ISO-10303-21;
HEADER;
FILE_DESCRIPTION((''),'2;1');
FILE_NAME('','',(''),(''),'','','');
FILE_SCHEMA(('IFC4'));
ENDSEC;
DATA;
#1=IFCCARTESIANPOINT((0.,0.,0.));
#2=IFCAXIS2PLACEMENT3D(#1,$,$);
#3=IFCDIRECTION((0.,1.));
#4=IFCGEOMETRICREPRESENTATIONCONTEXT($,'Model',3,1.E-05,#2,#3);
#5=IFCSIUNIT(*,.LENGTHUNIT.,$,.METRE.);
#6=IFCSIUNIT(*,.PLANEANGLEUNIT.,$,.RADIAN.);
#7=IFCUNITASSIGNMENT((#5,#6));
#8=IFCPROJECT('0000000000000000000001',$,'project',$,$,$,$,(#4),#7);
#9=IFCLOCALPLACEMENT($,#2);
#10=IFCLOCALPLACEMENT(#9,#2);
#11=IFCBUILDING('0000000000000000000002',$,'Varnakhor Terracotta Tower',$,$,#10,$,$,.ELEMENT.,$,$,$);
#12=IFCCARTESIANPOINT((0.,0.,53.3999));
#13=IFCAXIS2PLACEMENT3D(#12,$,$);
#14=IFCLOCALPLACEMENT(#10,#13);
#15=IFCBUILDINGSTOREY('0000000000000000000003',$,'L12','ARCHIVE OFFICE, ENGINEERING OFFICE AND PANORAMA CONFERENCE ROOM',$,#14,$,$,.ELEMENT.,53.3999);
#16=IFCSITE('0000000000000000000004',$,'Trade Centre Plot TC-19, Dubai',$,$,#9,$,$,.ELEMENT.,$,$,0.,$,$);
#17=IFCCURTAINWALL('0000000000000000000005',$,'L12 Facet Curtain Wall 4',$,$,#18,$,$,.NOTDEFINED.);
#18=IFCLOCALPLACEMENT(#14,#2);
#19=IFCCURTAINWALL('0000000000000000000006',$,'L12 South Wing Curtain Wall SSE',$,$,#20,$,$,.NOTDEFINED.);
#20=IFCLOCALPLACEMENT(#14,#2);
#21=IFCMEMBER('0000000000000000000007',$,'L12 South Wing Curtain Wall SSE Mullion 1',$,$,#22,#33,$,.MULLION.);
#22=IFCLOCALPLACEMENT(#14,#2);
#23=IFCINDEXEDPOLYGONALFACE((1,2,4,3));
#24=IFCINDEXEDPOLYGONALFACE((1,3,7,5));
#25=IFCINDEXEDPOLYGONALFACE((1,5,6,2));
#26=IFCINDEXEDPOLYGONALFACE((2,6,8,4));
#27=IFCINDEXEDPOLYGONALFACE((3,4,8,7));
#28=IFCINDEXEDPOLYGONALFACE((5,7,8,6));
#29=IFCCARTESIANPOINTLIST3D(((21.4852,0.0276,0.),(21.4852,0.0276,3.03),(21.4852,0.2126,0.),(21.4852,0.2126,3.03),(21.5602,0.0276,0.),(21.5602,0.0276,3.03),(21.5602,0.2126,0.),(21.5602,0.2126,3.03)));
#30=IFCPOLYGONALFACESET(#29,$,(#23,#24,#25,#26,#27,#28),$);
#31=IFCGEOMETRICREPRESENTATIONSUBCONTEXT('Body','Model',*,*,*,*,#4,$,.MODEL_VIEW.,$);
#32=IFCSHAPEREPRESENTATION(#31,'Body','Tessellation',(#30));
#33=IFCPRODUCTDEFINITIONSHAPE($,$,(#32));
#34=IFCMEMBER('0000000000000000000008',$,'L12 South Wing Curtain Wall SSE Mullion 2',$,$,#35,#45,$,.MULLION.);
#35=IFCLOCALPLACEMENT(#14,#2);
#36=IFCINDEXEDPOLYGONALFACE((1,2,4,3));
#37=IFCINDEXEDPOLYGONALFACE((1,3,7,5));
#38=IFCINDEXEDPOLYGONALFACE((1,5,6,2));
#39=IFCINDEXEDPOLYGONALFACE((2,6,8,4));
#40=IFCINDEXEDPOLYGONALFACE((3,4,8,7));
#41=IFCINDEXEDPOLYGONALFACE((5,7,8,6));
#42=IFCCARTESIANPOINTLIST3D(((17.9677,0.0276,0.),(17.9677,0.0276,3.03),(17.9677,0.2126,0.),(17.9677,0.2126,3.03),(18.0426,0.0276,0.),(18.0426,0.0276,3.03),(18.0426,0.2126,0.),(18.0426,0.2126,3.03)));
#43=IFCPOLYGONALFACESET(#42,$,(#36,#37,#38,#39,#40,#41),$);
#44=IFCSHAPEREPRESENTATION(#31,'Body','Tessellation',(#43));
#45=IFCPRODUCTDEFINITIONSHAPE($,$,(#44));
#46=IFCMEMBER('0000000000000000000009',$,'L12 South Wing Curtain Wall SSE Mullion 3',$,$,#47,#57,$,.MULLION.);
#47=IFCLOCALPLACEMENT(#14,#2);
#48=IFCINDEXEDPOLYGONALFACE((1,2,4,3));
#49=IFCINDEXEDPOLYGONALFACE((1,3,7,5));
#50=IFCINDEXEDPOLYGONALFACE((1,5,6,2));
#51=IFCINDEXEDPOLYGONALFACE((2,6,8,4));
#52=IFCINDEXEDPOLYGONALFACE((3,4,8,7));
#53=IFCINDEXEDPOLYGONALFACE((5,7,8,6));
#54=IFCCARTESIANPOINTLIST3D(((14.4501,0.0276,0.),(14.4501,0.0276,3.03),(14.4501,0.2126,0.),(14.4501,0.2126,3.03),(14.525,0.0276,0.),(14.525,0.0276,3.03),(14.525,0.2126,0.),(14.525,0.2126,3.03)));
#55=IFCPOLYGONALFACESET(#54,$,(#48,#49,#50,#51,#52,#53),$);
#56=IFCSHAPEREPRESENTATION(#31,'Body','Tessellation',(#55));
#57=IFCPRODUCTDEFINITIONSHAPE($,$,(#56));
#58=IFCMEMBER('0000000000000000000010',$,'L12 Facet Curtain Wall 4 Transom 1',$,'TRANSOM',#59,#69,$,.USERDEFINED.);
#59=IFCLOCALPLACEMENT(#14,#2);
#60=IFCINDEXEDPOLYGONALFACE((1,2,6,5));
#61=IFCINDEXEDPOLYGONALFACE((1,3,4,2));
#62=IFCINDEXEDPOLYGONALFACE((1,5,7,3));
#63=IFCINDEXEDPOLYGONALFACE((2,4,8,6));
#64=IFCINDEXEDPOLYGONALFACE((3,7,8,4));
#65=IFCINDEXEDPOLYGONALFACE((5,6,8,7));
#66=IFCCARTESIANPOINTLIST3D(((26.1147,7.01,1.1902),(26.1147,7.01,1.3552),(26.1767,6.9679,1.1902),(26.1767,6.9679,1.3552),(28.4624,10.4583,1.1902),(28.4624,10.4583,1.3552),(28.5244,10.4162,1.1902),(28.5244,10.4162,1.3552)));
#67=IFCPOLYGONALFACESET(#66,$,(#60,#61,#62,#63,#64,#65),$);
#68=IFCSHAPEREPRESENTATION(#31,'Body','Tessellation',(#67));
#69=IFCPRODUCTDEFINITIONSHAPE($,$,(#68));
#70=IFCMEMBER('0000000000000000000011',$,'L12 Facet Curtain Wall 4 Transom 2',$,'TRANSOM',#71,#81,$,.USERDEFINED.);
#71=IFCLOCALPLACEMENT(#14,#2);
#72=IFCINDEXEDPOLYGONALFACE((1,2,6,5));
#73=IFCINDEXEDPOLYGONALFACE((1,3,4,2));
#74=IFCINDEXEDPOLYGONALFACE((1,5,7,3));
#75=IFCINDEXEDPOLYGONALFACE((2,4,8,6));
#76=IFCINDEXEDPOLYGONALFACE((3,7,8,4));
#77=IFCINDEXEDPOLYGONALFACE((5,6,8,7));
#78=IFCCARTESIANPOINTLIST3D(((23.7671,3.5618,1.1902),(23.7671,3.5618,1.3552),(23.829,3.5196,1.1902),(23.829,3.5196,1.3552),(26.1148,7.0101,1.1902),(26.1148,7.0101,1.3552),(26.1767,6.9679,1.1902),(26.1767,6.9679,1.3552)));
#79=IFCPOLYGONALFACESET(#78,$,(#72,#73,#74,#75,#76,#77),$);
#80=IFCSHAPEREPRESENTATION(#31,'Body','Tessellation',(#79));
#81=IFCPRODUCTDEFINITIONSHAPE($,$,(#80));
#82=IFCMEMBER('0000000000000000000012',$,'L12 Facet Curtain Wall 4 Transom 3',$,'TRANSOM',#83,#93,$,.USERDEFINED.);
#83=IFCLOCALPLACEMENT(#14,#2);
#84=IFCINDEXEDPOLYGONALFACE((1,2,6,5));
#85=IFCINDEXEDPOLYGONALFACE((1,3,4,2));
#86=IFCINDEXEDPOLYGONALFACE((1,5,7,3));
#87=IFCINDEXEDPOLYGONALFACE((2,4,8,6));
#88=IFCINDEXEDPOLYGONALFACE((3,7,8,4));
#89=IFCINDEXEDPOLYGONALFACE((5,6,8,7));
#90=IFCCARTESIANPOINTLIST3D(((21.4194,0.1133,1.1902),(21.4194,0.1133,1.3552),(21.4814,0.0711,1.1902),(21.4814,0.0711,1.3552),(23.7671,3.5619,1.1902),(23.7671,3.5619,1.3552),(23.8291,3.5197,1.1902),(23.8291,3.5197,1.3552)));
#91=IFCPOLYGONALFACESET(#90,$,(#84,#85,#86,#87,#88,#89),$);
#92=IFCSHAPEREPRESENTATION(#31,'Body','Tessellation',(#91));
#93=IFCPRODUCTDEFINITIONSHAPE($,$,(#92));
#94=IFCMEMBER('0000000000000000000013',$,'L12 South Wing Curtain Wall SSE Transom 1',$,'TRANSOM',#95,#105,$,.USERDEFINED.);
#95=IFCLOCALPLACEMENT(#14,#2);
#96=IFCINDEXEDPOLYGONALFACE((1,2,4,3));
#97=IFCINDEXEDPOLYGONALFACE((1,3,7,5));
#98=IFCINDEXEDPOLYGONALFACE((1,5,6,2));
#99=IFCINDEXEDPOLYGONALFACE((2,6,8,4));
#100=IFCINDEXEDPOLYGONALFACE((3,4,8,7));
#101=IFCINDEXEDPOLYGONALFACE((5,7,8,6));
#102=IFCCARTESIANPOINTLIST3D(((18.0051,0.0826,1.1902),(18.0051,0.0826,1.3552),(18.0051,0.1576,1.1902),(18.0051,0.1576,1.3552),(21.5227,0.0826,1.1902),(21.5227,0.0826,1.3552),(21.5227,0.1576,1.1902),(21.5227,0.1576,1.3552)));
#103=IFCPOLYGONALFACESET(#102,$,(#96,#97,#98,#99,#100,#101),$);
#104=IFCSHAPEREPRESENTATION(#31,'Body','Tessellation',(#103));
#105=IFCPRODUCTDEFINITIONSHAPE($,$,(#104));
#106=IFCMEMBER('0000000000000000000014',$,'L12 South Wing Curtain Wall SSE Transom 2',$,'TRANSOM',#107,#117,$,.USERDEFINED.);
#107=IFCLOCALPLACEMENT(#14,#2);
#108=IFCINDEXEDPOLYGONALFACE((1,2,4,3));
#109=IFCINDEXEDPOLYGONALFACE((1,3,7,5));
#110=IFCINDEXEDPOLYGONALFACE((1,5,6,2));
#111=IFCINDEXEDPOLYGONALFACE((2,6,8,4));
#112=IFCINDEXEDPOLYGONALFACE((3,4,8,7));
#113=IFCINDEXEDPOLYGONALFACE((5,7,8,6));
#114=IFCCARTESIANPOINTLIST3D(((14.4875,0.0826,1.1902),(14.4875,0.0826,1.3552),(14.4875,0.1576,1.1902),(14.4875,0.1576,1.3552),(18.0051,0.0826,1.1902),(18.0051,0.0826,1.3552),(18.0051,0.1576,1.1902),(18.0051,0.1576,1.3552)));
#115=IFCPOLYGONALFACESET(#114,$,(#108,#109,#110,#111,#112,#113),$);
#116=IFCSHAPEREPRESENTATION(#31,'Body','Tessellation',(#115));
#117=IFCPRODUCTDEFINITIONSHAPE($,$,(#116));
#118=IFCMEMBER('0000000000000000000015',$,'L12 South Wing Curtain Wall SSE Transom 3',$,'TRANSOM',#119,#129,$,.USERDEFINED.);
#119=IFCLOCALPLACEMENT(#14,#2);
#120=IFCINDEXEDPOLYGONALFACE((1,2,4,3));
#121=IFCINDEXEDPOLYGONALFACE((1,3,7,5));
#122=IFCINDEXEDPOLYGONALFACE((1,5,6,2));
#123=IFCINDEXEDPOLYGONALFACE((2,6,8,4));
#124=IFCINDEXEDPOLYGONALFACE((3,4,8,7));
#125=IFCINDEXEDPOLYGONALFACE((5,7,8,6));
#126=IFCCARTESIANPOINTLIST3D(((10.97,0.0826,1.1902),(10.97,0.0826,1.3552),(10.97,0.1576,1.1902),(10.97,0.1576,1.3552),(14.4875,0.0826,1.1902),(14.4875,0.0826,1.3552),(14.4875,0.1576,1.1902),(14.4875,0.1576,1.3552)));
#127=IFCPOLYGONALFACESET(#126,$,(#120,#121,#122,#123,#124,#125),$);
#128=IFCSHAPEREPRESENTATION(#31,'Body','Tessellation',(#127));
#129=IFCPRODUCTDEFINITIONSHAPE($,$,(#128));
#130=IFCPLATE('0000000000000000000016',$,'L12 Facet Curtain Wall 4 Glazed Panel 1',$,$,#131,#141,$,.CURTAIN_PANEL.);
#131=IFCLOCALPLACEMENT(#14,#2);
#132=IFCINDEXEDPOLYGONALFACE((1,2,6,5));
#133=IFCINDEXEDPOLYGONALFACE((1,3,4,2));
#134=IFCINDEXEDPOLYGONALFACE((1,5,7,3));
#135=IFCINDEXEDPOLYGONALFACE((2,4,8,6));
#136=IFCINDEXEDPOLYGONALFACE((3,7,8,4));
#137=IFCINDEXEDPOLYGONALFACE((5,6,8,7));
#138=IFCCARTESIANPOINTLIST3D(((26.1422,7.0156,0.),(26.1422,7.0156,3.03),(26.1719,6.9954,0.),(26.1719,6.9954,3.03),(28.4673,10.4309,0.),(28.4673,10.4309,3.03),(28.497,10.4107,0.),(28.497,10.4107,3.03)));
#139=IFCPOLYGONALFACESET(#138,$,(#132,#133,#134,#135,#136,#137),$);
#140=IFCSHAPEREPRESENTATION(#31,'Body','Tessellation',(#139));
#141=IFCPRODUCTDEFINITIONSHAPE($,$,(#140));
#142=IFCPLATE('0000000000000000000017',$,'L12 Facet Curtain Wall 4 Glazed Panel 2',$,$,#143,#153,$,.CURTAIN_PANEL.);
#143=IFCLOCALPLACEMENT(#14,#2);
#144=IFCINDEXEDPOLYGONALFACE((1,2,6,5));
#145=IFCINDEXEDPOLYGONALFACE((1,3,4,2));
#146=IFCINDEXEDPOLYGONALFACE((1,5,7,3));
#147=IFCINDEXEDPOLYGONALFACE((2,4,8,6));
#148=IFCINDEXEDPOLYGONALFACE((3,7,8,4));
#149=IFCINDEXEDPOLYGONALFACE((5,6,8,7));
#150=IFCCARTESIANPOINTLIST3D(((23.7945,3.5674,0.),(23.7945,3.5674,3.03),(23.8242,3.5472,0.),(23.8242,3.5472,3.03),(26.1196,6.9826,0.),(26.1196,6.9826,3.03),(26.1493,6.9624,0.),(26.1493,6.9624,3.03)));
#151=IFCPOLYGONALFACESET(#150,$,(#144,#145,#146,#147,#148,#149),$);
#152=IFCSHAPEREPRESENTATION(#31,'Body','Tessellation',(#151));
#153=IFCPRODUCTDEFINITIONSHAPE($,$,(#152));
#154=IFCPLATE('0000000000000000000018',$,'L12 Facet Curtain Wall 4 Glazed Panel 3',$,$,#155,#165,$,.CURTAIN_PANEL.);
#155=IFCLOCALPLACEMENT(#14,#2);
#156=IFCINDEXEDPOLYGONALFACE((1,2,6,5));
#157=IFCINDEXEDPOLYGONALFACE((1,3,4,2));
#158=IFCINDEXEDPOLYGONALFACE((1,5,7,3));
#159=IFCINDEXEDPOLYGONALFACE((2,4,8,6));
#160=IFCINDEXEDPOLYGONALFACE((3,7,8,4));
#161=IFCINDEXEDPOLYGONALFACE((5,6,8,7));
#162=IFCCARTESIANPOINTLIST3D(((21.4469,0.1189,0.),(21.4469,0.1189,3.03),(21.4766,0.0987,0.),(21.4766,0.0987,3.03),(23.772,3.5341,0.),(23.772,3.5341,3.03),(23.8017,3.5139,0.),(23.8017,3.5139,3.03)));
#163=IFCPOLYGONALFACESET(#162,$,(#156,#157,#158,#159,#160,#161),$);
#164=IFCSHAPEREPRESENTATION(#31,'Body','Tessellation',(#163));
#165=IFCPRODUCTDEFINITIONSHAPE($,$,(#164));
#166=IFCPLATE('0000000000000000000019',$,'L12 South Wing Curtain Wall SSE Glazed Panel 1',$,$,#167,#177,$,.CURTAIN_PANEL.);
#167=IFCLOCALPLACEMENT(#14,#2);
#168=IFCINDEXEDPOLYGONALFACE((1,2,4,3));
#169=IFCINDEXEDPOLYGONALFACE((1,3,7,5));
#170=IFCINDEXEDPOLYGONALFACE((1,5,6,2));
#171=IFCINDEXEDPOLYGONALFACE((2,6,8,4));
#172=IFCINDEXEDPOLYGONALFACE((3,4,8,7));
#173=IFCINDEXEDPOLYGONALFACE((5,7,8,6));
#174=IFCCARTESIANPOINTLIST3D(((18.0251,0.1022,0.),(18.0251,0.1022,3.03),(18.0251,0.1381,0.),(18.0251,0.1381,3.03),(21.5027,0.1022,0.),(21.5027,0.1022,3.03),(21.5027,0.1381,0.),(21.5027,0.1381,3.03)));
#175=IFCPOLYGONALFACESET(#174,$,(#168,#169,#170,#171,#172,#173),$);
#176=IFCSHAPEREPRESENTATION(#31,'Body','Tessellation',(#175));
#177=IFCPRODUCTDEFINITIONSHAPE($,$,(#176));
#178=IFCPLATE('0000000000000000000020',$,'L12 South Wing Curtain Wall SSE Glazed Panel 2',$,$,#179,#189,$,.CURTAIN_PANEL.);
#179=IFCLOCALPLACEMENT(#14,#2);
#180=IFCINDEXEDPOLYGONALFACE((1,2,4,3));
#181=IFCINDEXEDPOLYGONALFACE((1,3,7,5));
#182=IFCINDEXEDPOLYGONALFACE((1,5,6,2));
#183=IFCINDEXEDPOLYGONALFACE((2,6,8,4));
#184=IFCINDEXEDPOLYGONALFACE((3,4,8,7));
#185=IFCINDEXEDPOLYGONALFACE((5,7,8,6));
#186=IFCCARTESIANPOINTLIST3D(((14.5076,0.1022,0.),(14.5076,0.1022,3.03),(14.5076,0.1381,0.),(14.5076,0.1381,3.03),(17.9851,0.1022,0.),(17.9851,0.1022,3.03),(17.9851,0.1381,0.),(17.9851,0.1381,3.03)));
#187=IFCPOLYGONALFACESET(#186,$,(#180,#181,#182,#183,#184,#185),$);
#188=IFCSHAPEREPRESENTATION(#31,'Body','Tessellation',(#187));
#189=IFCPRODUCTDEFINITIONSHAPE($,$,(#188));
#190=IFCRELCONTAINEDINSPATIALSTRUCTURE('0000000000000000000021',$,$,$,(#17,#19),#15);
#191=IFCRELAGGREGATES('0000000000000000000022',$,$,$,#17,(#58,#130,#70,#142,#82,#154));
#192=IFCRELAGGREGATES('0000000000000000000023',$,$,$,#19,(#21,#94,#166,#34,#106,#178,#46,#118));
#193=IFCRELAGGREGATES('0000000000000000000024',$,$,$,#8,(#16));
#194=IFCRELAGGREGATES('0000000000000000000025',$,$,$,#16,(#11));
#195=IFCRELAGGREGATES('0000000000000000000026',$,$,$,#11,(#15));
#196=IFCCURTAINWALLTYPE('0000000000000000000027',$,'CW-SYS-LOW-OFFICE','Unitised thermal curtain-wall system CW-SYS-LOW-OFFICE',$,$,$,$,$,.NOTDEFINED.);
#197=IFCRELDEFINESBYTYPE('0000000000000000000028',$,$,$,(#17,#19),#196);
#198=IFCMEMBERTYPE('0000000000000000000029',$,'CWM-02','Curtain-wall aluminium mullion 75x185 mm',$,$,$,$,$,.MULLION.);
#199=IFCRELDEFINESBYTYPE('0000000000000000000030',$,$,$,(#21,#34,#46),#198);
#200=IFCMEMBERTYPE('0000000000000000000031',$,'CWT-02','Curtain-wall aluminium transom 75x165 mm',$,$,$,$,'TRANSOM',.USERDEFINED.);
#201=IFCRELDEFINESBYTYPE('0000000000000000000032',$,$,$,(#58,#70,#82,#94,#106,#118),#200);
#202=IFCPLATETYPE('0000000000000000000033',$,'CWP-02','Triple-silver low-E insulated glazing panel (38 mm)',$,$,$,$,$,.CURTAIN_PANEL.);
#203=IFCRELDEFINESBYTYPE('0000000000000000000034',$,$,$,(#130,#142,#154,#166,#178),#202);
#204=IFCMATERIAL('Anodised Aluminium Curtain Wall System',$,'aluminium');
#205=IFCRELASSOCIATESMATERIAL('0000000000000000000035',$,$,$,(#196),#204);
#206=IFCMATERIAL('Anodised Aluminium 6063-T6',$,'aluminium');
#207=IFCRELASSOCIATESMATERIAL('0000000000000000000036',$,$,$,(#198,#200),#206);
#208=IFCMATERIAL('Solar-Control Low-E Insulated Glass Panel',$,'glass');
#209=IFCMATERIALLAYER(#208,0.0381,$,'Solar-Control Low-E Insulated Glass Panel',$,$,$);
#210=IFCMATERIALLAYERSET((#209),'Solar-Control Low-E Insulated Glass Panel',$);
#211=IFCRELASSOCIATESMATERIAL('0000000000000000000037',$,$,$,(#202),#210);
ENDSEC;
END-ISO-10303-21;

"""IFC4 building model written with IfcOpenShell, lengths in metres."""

from ifc_helpers import new_model, si_unit, direction, frame, origin, origin_2d, place, context, subcontext, project, spatial, rectangle, extrude, source, transform, mapped, material, layer, layer_set, material_profile, profile_set, type_object, type_shapes, element, aggregate, save


model = new_model("IFC4")

# Units and contexts
model_context = context("Model", 3, precision=1e-05, world=origin(), true_north=direction((0.0, 1.0)))
body_context = subcontext(model_context, "Body", "Model", "MODEL_VIEW")
ifc_project = project(units=[si_unit("LENGTHUNIT", "METRE"), si_unit("PLANEANGLEUNIT", "RADIAN")], contexts=[model_context])

# Site, building, storey
site_placement = place(None, origin())
site = spatial("IfcSite", under=ifc_project, at=site_placement, Name="Trade Centre Plot TC-19, Dubai", CompositionType="ELEMENT", RefElevation=0.0)
building_placement = place(site_placement, origin())
building = spatial("IfcBuilding", under=site, at=building_placement, Name="Varnakhor Terracotta Tower", CompositionType="ELEMENT")
storey_placement = place(building_placement, frame((0.0, 0.0, 53.3999)))
storey = spatial("IfcBuildingStorey", under=building, at=storey_placement, Name="L12", Description="ARCHIVE OFFICE, ENGINEERING OFFICE AND PANORAMA CONFERENCE ROOM", CompositionType="ELEMENT", Elevation=53.3999)

# Curtain walls, members
ifc_material_1 = material(Name="Anodised Aluminium Curtain Wall System", Category="aluminium")
curtain_wall_type = type_object("IfcCurtainWallType", Name="CW-SYS-LOW-OFFICE", Description="Unitised thermal curtain-wall system CW-SYS-LOW-OFFICE", PredefinedType="NOTDEFINED", material=ifc_material_1)
curtain_wall_1_placement = place(storey_placement, origin())
curtain_wall_1 = element("IfcCurtainWall", 1, at=curtain_wall_1_placement, inside=storey, type_object=curtain_wall_type, Name="L12 Facet Curtain Wall 4", PredefinedType="NOTDEFINED")
ifc_material_2 = material(Name="Anodised Aluminium 6063-T6", Category="aluminium")
ifc_material_profile_1 = material_profile(ifc_material_2, rectangle(XDim=0.075, YDim=0.1851, at=origin_2d()), Name="ALU MULLION 75x185")
ifc_profile_set_1 = profile_set([ifc_material_profile_1], Name="Anodised Aluminium 6063-T6")
member_type_1 = type_object("IfcMemberType", Name="CWM-02", Description="Curtain-wall aluminium mullion 75x185 mm", PredefinedType="MULLION", material=ifc_profile_set_1)
shared_shape_1 = source(origin(), body_context, "Body", "SweptSolid", [
    extrude(rectangle(XDim=0.075, YDim=0.1851, at=origin_2d()), origin(), (0.0, 0.0, 1.0), 3.03),
])
type_shapes(member_type_1, [shared_shape_1])
curtain_wall_2_placement = place(storey_placement, origin())
curtain_wall_2 = element("IfcCurtainWall", 2, at=curtain_wall_2_placement, inside=storey, type_object=curtain_wall_type, Name="L12 South Wing Curtain Wall SSE", PredefinedType="NOTDEFINED")
member_1_placement = place(storey_placement, frame((21.5227, 0.1201, 0.0), z_axis=(0.0, 0.0, 1.0), x_axis=(1.0, 0.0, 0.0)))
member_1 = element("IfcMember", 3, at=member_1_placement, type_object=member_type_1, Name="L12 South Wing Curtain Wall SSE Mullion 1", PredefinedType="MULLION", context=body_context, shape_type="MappedRepresentation", body=[
    mapped(shared_shape_1, transform((0.0, 0.0, 0.0), scale=1.0)),
])
member_2_placement = place(storey_placement, frame((18.0051, 0.1201, 0.0), z_axis=(0.0, 0.0, 1.0), x_axis=(1.0, 0.0, 0.0)))
member_2 = element("IfcMember", 4, at=member_2_placement, type_object=member_type_1, Name="L12 South Wing Curtain Wall SSE Mullion 2", PredefinedType="MULLION", context=body_context, shape_type="MappedRepresentation", body=[
    mapped(shared_shape_1, transform((0.0, 0.0, 0.0), scale=1.0)),
])
member_3_placement = place(storey_placement, frame((14.4875, 0.1201, 0.0), z_axis=(0.0, 0.0, 1.0), x_axis=(1.0, 0.0, 0.0)))
member_3 = element("IfcMember", 5, at=member_3_placement, type_object=member_type_1, Name="L12 South Wing Curtain Wall SSE Mullion 3", PredefinedType="MULLION", context=body_context, shape_type="MappedRepresentation", body=[
    mapped(shared_shape_1, transform((0.0, 0.0, 0.0), scale=1.0)),
])

# Members
ifc_material_profile_2 = material_profile(ifc_material_2, rectangle(XDim=0.075, YDim=0.165, at=origin_2d()), Name="ALU TRANSOM 75x165")
ifc_profile_set_2 = profile_set([ifc_material_profile_2], Name="Anodised Aluminium 6063-T6")
member_type_2 = type_object("IfcMemberType", Name="CWT-02", Description="Curtain-wall aluminium transom 75x165 mm", ElementType="TRANSOM", PredefinedType="USERDEFINED", material=ifc_profile_set_2)
shared_shape_2 = source(origin(), body_context, "Body", "SweptSolid", [
    extrude(rectangle(XDim=0.075, YDim=0.165, at=origin_2d()), origin(), (0.0, 0.0, 1.0), 4.1716),
])
member_4_placement = place(storey_placement, frame((28.4934, 10.4373, 1.2727), z_axis=(-0.562777, -0.826609, 0.0), x_axis=(0.826609, -0.562777, 0.0)))
member_4 = element("IfcMember", 6, at=member_4_placement, type_object=member_type_2, Name="L12 Facet Curtain Wall 4 Transom 1", ObjectType="TRANSOM", PredefinedType="USERDEFINED", context=body_context, shape_type="MappedRepresentation", body=[
    mapped(shared_shape_2, transform((0.0, 0.0, 0.0), scale=1.0)),
])
member_5_placement = place(storey_placement, frame((26.1458, 6.989, 1.2727), z_axis=(-0.562777, -0.826609, 0.0), x_axis=(0.826609, -0.562777, 0.0)))
member_5 = element("IfcMember", 7, at=member_5_placement, type_object=member_type_2, Name="L12 Facet Curtain Wall 4 Transom 2", ObjectType="TRANSOM", PredefinedType="USERDEFINED", context=body_context, shape_type="MappedRepresentation", body=[
    mapped(shared_shape_2, transform((0.0, 0.0, 0.0), scale=1.0)),
])
shared_shape_3 = source(origin(), body_context, "Body", "SweptSolid", [
    extrude(rectangle(XDim=0.075, YDim=0.165, at=origin_2d()), origin(), (0.0, 0.0, 1.0), 4.1719),
])
member_6_placement = place(storey_placement, frame((23.7981, 3.5408, 1.2727), z_axis=(-0.56275, -0.826627, 0.0), x_axis=(0.826627, -0.56275, 0.0)))
member_6 = element("IfcMember", 8, at=member_6_placement, type_object=member_type_2, Name="L12 Facet Curtain Wall 4 Transom 3", ObjectType="TRANSOM", PredefinedType="USERDEFINED", context=body_context, shape_type="MappedRepresentation", body=[
    mapped(shared_shape_3, transform((0.0, 0.0, 0.0), scale=1.0)),
])
shared_shape_4 = source(origin(), body_context, "Body", "SweptSolid", [
    extrude(rectangle(XDim=0.075, YDim=0.165, at=origin_2d()), origin(), (0.0, 0.0, 1.0), 3.5176),
])
member_7_placement = place(storey_placement, frame((21.5227, 0.1201, 1.2727), z_axis=(-1.0, 0.0, 0.0), x_axis=(0.0, -1.0, 0.0)))
member_7 = element("IfcMember", 9, at=member_7_placement, type_object=member_type_2, Name="L12 South Wing Curtain Wall SSE Transom 1", ObjectType="TRANSOM", PredefinedType="USERDEFINED", context=body_context, shape_type="MappedRepresentation", body=[
    mapped(shared_shape_4, transform((0.0, 0.0, 0.0), scale=1.0)),
])
member_8_placement = place(storey_placement, frame((18.0051, 0.1201, 1.2727), z_axis=(-1.0, 0.0, 0.0), x_axis=(0.0, -1.0, 0.0)))
member_8 = element("IfcMember", 10, at=member_8_placement, type_object=member_type_2, Name="L12 South Wing Curtain Wall SSE Transom 2", ObjectType="TRANSOM", PredefinedType="USERDEFINED", context=body_context, shape_type="MappedRepresentation", body=[
    mapped(shared_shape_4, transform((0.0, 0.0, 0.0), scale=1.0)),
])
member_9_placement = place(storey_placement, frame((14.4875, 0.1201, 1.2727), z_axis=(-1.0, 0.0, 0.0), x_axis=(0.0, -1.0, 0.0)))
member_9 = element("IfcMember", 11, at=member_9_placement, type_object=member_type_2, Name="L12 South Wing Curtain Wall SSE Transom 3", ObjectType="TRANSOM", PredefinedType="USERDEFINED", context=body_context, shape_type="MappedRepresentation", body=[
    mapped(shared_shape_4, transform((0.0, 0.0, 0.0), scale=1.0)),
])

# Plates
ifc_material_3 = material(Name="Solar-Control Low-E Insulated Glass Panel", Category="glass")
ifc_layer_1 = layer(ifc_material_3, 0.0381, Name="Solar-Control Low-E Insulated Glass Panel")
ifc_layer_set_1 = layer_set([ifc_layer_1], Name="Solar-Control Low-E Insulated Glass Panel")
plate_type = type_object("IfcPlateType", Name="CWP-02", Description="Triple-silver low-E insulated glazing panel (38 mm)", PredefinedType="CURTAIN_PANEL", material=ifc_layer_set_1)
shared_shape_5 = source(origin(), body_context, "Body", "SweptSolid", [
    extrude(rectangle(XDim=4.1316, YDim=0.0359, at=origin_2d()), origin(), (0.0, 0.0, 1.0), 3.03),
])
plate_1_placement = place(storey_placement, frame((27.3196, 8.7131, 0.0), z_axis=(0.0, 0.0, 1.0), x_axis=(-0.562762, -0.826619, 0.0)))
plate_1 = element("IfcPlate", 12, at=plate_1_placement, type_object=plate_type, Name="L12 Facet Curtain Wall 4 Glazed Panel 1", PredefinedType="CURTAIN_PANEL", context=body_context, shape_type="MappedRepresentation", body=[
    mapped(shared_shape_5, transform((0.0, 0.0, 0.0), scale=1.0)),
])
plate_2_placement = place(storey_placement, frame((24.9719, 5.2649, 0.0), z_axis=(0.0, 0.0, 1.0), x_axis=(-0.562762, -0.826619, 0.0)))
plate_2 = element("IfcPlate", 13, at=plate_2_placement, type_object=plate_type, Name="L12 Facet Curtain Wall 4 Glazed Panel 2", PredefinedType="CURTAIN_PANEL", context=body_context, shape_type="MappedRepresentation", body=[
    mapped(shared_shape_5, transform((0.0, 0.0, 0.0), scale=1.0)),
])
plate_3_placement = place(storey_placement, frame((22.6243, 1.8164, 0.0), z_axis=(0.0, 0.0, 1.0), x_axis=(-0.562762, -0.826619, 0.0)))
plate_3 = element("IfcPlate", 14, at=plate_3_placement, type_object=plate_type, Name="L12 Facet Curtain Wall 4 Glazed Panel 3", PredefinedType="CURTAIN_PANEL", context=body_context, shape_type="MappedRepresentation", body=[
    mapped(shared_shape_5, transform((0.0, 0.0, 0.0), scale=1.0)),
])
aggregate(curtain_wall_1, [member_4, plate_1, member_5, plate_2, member_6, plate_3])
shared_shape_6 = source(origin(), body_context, "Body", "SweptSolid", [
    extrude(rectangle(XDim=3.4775, YDim=0.0359, at=origin_2d()), origin(), (0.0, 0.0, 1.0), 3.03),
])
plate_4_placement = place(storey_placement, frame((19.7639, 0.1201, 0.0), z_axis=(0.0, 0.0, 1.0), x_axis=(-1.0, 0.0, 0.0)))
plate_4 = element("IfcPlate", 15, at=plate_4_placement, type_object=plate_type, Name="L12 South Wing Curtain Wall SSE Glazed Panel 1", PredefinedType="CURTAIN_PANEL", context=body_context, shape_type="MappedRepresentation", body=[
    mapped(shared_shape_6, transform((0.0, 0.0, 0.0), scale=1.0)),
])
plate_5_placement = place(storey_placement, frame((16.2463, 0.1201, 0.0), z_axis=(0.0, 0.0, 1.0), x_axis=(-1.0, 0.0, 0.0)))
plate_5 = element("IfcPlate", 16, at=plate_5_placement, type_object=plate_type, Name="L12 South Wing Curtain Wall SSE Glazed Panel 2", PredefinedType="CURTAIN_PANEL", context=body_context, shape_type="MappedRepresentation", body=[
    mapped(shared_shape_6, transform((0.0, 0.0, 0.0), scale=1.0)),
])
aggregate(curtain_wall_2, [member_1, member_7, plate_4, member_2, member_8, plate_5, member_3, member_9])

save(model, "model.ifc")
